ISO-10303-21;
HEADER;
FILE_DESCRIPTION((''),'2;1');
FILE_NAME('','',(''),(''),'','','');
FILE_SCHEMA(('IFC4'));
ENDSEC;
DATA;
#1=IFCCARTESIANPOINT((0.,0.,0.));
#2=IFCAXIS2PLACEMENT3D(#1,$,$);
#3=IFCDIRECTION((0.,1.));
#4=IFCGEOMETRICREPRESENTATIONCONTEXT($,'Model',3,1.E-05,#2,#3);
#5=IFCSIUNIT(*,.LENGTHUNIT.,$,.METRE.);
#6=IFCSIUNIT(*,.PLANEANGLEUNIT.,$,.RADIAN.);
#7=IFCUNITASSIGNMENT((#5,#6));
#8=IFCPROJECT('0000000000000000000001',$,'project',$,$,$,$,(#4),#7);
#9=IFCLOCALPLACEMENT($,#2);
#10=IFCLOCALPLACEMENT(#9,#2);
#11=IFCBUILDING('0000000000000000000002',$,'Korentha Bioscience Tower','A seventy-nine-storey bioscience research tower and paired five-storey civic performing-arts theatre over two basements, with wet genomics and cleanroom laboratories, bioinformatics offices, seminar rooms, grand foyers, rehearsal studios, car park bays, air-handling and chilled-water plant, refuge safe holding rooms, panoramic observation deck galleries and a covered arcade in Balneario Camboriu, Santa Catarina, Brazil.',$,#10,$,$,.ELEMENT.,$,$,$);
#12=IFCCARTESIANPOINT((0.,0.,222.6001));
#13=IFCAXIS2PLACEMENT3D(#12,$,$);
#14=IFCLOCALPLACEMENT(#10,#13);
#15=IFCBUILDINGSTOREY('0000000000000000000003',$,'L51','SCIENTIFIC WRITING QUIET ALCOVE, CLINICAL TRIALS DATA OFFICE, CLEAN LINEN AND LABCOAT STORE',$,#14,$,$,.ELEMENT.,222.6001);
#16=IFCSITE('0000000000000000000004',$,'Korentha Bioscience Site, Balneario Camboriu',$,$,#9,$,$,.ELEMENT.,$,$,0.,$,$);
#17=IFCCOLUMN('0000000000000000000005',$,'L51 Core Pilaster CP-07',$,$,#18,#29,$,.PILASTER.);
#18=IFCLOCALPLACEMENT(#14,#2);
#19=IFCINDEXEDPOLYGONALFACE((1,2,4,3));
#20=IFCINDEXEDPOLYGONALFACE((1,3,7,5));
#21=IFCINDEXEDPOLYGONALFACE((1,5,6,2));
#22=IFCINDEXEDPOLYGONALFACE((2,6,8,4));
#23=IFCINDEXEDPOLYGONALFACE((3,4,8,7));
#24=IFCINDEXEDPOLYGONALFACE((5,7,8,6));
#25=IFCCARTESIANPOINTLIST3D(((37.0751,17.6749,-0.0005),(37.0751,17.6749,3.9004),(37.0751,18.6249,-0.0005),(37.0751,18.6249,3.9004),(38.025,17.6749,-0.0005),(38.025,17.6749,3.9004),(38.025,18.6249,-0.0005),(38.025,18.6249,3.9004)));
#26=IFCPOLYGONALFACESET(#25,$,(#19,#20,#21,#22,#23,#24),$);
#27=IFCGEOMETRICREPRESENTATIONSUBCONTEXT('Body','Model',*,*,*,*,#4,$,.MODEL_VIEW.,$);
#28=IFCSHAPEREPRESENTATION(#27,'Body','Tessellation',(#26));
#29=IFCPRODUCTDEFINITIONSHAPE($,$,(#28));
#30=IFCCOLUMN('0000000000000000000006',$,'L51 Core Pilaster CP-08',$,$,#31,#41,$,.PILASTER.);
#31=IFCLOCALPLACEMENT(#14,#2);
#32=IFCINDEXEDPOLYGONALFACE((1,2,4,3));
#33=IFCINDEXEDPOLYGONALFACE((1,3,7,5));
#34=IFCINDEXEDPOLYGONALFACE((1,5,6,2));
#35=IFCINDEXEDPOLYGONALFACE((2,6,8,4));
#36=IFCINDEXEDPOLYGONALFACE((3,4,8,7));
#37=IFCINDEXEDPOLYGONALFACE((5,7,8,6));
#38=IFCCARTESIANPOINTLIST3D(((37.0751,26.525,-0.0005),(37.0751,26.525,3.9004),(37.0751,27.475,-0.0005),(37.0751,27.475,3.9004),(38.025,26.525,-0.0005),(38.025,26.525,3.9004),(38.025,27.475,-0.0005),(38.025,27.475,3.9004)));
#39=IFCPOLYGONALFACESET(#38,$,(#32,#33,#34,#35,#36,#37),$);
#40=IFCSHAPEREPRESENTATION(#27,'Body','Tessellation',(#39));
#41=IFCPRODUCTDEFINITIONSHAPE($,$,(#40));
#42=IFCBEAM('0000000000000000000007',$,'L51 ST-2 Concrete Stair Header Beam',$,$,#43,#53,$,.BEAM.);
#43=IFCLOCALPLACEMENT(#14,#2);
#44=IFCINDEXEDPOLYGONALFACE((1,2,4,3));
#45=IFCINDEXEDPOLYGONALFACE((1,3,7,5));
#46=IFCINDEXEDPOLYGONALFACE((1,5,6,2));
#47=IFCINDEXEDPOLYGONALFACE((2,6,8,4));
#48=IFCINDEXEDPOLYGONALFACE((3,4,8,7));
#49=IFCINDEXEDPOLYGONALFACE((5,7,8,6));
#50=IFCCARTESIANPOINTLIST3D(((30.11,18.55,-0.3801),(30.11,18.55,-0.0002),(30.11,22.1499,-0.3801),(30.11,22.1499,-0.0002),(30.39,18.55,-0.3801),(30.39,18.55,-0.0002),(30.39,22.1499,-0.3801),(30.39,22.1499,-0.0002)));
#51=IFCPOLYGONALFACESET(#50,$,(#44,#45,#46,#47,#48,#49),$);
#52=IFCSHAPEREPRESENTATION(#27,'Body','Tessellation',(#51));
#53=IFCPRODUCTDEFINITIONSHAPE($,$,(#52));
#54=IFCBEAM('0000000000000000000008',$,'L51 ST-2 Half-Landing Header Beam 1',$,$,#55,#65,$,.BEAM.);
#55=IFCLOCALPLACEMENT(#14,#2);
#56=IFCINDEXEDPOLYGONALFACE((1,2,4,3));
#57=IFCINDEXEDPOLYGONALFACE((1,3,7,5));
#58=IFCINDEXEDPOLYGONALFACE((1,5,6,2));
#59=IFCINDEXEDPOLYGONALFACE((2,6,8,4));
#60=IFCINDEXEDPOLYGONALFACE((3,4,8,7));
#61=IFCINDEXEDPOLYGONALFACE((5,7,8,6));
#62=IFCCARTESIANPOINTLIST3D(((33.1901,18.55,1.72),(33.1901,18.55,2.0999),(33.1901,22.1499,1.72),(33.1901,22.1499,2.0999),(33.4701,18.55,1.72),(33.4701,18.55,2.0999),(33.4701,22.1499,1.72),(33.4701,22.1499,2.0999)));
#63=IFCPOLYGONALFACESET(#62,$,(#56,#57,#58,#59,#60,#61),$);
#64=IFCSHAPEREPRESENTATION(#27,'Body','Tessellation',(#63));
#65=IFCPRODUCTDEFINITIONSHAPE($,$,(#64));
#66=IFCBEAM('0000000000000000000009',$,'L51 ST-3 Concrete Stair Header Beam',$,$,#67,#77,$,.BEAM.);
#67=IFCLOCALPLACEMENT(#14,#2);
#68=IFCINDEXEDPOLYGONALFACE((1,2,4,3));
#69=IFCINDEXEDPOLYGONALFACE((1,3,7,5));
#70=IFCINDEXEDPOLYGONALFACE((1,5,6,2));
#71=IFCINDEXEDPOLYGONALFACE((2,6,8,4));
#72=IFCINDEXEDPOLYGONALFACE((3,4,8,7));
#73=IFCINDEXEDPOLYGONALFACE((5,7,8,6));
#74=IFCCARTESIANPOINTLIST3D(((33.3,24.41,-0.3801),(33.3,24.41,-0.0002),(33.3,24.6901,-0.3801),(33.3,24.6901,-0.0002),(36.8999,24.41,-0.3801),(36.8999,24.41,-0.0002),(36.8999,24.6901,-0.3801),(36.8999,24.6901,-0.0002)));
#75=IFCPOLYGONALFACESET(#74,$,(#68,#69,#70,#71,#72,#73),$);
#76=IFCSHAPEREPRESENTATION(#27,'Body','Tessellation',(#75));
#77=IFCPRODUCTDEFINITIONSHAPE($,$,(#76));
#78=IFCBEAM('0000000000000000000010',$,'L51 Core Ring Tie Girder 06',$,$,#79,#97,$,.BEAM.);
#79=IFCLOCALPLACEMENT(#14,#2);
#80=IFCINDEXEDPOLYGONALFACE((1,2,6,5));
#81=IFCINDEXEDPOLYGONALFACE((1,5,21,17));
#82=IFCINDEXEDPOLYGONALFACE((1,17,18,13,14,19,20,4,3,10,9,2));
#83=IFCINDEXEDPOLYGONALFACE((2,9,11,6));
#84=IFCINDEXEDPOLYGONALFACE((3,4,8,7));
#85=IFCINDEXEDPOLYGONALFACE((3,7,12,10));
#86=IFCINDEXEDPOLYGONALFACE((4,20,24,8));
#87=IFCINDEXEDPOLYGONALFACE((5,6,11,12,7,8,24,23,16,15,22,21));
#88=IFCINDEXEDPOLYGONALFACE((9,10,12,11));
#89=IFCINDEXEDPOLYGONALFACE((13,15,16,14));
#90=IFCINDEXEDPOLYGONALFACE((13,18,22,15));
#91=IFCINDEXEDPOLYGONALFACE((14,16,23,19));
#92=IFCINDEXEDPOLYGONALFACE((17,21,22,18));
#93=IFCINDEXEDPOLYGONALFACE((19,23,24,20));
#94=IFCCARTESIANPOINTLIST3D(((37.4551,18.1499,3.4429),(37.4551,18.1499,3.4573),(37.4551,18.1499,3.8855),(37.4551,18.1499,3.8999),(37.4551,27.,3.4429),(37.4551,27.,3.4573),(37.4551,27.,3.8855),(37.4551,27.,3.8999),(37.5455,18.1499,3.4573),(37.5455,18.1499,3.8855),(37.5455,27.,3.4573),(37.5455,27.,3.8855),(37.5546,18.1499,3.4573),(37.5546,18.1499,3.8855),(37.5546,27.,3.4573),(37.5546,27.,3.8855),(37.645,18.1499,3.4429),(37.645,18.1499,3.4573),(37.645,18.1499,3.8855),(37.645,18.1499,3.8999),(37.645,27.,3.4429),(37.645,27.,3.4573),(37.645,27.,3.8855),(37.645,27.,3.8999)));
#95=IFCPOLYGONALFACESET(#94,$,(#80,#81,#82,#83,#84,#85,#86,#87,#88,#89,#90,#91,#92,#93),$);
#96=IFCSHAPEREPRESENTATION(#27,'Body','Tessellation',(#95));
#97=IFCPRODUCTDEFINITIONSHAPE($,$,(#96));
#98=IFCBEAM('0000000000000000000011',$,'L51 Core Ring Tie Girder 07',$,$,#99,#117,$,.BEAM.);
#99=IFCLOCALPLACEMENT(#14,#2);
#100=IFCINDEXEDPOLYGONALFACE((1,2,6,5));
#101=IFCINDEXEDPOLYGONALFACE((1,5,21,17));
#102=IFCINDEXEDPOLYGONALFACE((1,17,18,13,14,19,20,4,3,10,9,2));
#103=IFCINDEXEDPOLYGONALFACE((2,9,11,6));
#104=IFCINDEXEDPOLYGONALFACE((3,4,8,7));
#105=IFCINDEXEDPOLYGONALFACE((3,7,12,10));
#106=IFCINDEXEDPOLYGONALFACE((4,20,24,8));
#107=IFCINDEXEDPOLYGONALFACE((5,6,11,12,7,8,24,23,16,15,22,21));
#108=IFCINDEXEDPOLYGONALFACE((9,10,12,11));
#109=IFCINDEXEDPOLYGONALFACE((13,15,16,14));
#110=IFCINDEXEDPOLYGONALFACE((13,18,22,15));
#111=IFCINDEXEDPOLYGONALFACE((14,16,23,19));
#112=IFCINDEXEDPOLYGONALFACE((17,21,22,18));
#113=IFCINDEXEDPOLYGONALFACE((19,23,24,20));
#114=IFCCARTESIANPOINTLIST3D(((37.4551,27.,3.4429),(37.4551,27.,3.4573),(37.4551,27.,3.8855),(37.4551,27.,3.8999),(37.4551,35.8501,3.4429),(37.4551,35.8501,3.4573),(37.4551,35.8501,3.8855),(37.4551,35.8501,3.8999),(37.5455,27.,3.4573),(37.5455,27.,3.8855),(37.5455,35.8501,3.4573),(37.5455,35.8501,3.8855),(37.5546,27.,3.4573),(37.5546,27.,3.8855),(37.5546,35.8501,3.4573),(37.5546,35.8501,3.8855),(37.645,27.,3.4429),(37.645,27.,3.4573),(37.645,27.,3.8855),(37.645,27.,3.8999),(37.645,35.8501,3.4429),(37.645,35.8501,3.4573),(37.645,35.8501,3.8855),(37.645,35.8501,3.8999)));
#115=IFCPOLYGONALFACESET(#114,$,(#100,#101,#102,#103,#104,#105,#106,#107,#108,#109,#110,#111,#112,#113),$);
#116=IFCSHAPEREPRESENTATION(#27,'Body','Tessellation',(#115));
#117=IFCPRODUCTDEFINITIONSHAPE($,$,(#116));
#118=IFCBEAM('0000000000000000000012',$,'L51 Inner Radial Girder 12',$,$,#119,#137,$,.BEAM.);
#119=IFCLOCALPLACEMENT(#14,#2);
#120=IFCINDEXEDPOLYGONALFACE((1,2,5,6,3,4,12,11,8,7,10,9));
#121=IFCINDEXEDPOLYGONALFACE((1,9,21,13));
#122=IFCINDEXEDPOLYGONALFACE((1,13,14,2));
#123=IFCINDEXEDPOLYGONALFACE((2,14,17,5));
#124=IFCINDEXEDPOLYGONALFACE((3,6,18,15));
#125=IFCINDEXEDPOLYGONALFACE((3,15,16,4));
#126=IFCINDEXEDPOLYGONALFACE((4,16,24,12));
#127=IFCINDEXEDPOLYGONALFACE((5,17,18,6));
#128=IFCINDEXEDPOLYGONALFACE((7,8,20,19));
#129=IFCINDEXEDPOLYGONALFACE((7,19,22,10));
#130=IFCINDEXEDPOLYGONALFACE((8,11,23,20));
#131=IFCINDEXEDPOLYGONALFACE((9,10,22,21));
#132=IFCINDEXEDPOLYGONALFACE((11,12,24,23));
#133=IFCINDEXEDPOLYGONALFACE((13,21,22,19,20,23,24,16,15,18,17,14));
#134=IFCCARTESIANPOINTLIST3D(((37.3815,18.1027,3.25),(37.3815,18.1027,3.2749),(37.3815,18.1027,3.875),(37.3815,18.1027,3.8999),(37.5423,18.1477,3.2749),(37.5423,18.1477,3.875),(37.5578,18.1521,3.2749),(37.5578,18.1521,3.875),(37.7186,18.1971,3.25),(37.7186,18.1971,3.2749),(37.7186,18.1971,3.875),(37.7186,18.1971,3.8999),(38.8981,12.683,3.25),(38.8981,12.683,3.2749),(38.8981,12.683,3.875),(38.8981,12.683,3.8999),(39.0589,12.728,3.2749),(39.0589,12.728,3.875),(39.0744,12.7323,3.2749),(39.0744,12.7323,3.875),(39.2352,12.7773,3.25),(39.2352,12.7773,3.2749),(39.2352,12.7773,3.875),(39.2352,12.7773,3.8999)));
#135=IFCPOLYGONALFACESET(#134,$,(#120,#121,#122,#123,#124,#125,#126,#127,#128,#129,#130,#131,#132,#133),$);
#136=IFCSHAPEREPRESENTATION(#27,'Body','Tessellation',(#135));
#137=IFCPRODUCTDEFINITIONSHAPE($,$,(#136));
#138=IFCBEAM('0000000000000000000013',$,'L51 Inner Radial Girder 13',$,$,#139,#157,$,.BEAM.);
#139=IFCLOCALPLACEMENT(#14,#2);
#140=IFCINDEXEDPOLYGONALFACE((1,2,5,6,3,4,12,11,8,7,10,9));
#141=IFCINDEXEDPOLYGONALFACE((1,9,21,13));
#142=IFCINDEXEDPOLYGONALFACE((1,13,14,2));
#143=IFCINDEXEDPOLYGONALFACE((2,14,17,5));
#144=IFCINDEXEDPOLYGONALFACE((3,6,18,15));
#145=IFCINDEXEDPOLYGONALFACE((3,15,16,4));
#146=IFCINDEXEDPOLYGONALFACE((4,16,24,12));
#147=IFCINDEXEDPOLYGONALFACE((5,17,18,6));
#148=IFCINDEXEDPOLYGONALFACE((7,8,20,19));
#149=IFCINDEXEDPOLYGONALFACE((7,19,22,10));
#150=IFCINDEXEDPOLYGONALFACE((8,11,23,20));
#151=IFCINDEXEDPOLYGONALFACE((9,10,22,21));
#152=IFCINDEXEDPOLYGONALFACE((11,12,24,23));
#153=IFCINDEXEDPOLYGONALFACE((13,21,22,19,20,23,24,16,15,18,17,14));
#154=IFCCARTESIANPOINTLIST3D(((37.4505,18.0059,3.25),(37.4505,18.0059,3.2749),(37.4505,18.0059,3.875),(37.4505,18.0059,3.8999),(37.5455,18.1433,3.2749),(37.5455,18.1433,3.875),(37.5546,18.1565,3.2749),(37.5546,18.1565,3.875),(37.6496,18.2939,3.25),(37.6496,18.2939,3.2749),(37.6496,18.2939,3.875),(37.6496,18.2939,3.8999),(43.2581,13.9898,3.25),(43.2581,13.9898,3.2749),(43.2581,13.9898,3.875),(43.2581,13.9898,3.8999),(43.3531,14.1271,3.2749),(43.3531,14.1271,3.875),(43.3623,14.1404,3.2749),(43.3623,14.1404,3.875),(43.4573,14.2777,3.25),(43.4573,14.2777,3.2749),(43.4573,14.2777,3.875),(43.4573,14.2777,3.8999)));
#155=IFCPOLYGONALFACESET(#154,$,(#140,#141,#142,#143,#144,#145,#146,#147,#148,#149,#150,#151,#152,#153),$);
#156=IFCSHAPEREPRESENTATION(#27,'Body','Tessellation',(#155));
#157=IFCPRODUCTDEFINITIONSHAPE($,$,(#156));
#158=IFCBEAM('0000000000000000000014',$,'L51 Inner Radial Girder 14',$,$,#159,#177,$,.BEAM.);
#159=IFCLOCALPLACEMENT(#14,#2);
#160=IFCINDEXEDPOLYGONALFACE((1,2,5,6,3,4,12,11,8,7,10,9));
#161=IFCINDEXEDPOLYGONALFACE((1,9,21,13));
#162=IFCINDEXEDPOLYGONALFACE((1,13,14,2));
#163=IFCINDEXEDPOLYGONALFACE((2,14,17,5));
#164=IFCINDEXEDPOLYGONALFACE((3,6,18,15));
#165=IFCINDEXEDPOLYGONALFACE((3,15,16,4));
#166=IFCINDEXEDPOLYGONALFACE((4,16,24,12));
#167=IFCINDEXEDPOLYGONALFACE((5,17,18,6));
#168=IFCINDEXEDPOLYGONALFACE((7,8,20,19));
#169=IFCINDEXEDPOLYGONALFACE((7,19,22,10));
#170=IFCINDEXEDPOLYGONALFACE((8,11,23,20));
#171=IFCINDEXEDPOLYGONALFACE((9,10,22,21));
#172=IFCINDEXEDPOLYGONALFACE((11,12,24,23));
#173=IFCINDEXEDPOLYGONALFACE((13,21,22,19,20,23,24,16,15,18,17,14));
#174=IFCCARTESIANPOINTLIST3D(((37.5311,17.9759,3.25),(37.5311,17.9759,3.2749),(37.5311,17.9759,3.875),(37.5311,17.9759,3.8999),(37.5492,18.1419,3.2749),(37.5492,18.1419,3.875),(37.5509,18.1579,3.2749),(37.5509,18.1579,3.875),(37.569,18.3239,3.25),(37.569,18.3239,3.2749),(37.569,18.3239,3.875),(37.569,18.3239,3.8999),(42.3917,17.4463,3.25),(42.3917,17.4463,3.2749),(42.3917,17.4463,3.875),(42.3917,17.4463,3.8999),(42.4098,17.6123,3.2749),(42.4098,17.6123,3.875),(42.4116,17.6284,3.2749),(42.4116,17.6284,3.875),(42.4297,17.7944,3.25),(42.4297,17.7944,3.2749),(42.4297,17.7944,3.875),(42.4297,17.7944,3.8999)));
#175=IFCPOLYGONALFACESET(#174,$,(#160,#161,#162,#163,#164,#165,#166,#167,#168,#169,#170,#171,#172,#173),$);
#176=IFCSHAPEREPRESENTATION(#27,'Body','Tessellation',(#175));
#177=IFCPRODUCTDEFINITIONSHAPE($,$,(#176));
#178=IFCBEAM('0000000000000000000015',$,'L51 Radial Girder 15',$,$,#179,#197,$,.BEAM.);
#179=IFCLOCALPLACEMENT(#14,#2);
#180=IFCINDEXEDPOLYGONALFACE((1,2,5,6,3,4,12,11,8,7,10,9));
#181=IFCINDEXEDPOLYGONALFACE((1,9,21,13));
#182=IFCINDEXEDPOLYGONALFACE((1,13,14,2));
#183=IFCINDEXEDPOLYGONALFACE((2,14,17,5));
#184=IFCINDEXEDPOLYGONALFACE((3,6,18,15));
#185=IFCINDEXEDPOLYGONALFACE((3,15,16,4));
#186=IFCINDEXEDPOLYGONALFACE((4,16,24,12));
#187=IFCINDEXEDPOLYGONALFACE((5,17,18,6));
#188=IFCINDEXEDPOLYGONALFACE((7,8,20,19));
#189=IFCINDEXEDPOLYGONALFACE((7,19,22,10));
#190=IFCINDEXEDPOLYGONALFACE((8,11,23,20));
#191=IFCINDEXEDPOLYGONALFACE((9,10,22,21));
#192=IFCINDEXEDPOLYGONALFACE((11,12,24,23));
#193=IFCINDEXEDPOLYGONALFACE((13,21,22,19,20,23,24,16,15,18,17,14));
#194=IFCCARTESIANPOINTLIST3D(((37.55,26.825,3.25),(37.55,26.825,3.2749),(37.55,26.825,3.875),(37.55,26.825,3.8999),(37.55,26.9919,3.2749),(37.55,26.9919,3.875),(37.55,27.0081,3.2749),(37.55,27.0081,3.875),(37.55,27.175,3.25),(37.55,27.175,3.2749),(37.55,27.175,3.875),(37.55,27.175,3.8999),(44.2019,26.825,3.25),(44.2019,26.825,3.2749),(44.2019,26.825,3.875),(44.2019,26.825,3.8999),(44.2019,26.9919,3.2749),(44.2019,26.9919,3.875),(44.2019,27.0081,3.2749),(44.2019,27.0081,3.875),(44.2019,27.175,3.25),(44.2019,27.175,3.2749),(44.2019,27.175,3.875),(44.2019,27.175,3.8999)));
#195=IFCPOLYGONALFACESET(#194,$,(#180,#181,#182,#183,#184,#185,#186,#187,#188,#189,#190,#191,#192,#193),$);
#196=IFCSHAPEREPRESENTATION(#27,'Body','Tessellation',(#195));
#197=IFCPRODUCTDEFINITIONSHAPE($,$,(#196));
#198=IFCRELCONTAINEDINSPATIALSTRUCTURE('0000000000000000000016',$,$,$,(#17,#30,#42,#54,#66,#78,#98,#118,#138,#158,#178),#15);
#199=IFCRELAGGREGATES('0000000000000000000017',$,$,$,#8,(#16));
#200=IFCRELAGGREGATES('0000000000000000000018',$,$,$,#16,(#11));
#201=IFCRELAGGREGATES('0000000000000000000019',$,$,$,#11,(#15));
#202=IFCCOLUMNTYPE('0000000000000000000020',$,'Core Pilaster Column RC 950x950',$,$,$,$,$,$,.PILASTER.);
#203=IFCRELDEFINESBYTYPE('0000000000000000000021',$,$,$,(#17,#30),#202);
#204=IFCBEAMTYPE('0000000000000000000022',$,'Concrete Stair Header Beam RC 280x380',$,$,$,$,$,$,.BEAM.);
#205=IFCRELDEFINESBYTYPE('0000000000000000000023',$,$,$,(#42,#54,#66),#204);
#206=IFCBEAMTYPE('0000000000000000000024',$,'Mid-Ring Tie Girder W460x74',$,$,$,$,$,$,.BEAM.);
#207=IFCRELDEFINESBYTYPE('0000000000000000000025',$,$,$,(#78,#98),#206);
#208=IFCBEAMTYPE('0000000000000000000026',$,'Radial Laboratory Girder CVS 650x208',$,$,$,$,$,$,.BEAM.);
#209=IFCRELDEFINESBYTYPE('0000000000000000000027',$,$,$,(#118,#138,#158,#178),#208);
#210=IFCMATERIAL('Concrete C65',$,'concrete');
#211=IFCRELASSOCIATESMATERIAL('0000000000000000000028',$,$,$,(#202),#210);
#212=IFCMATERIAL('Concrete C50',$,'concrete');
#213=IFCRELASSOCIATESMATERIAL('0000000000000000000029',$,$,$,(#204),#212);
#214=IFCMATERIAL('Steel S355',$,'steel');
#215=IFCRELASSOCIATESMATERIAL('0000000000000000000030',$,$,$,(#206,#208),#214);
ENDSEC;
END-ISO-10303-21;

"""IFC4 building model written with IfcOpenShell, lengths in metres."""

from ifc_helpers import new_model, si_unit, direction, frame, origin, origin_2d, place, context, subcontext, project, spatial, rectangle, i_section, extrude, material, material_profile, profile_set, type_object, element, save


model = new_model("IFC4")

# Units and contexts
model_context = context("Model", 3, precision=1e-05, world=origin(), true_north=direction((0.0, 1.0)))
body_context = subcontext(model_context, "Body", "Model", "MODEL_VIEW")
ifc_project = project(units=[si_unit("LENGTHUNIT", "METRE"), si_unit("PLANEANGLEUNIT", "RADIAN")], contexts=[model_context])

# Site, building, storey
site_placement = place(None, origin())
site = spatial("IfcSite", under=ifc_project, at=site_placement, Name="Korentha Bioscience Site, Balneario Camboriu", CompositionType="ELEMENT", RefElevation=0.0)
building_placement = place(site_placement, origin())
building = spatial("IfcBuilding", under=site, at=building_placement, Name="Korentha Bioscience Tower", Description="A seventy-nine-storey bioscience research tower and paired five-storey civic performing-arts theatre over two basements, with wet genomics and cleanroom laboratories, bioinformatics offices, seminar rooms, grand foyers, rehearsal studios, car park bays, air-handling and chilled-water plant, refuge safe holding rooms, panoramic observation deck galleries and a covered arcade in Balneario Camboriu, Santa Catarina, Brazil.", CompositionType="ELEMENT")
storey_placement = place(building_placement, frame((0.0, 0.0, 222.6001)))
storey = spatial("IfcBuildingStorey", under=building, at=storey_placement, Name="L51", Description="SCIENTIFIC WRITING QUIET ALCOVE, CLINICAL TRIALS DATA OFFICE, CLEAN LINEN AND LABCOAT STORE", CompositionType="ELEMENT", Elevation=222.6001)

# Columns
ifc_material_1 = material(Name="Concrete C65", Category="concrete")
ifc_material_profile_1 = material_profile(ifc_material_1, rectangle(XDim=0.95, YDim=0.95, at=origin_2d()), Name="Concrete C65")
ifc_profile_set_1 = profile_set([ifc_material_profile_1], Name="Concrete C65 (COL-CP09)")
column_type = type_object("IfcColumnType", Name="Core Pilaster Column RC 950x950", PredefinedType="PILASTER", material=ifc_profile_set_1)
for number, where, z_axis, x_axis, name in (
    (1, (37.55, 18.1499, -0.0005), (0.0, 0.0, 1.0), (1.0, 0.0, 0.0), "L51 Core Pilaster CP-07"),
    (2, (37.55, 27.0, -0.0005), (0.0, 0.0, 1.0), (1.0, 0.0, 0.0), "L51 Core Pilaster CP-08"),
):
    element("IfcColumn", number, at=place(storey_placement, frame(where, z_axis=z_axis, x_axis=x_axis)), inside=storey, type_object=column_type, Name=name, PredefinedType="PILASTER", context=body_context, shape_type="SweptSolid", body=[
        extrude(rectangle(XDim=0.95, YDim=0.95, at=origin_2d()), origin(), (0.0, 0.0, 1.0), 3.9009),
    ])

# Beams
ifc_material_2 = material(Name="Concrete C50", Category="concrete")
ifc_material_profile_2 = material_profile(ifc_material_2, rectangle(XDim=0.28, YDim=0.3799, at=origin_2d()), Name="Concrete C50")
ifc_profile_set_2 = profile_set([ifc_material_profile_2], Name="Concrete C50 (ST-HB380)")
beam_type_1 = type_object("IfcBeamType", Name="Concrete Stair Header Beam RC 280x380", PredefinedType="BEAM", material=ifc_profile_set_2)
for number, where, z_axis, x_axis, name in (
    (3, (30.25, 18.55, -0.1902), (0.0, 1.0, 0.0), (-1.0, 0.0, 0.0), "L51 ST-2 Concrete Stair Header Beam"),
    (4, (33.3301, 18.55, 1.9099), (0.0, 1.0, 0.0), (-1.0, 0.0, 0.0), "L51 ST-2 Half-Landing Header Beam 1"),
    (5, (36.8999, 24.55, -0.1902), (-1.0, 0.0, 0.0), (0.0, -1.0, 0.0), "L51 ST-3 Concrete Stair Header Beam"),
):
    element("IfcBeam", number, at=place(storey_placement, frame(where, z_axis=z_axis, x_axis=x_axis)), inside=storey, type_object=beam_type_1, Name=name, PredefinedType="BEAM", context=body_context, shape_type="SweptSolid", body=[
        extrude(rectangle(XDim=0.28, YDim=0.3799, at=origin_2d()), origin(), (0.0, 0.0, 1.0), 3.5999),
    ])
ifc_material_3 = material(Name="Steel S355", Category="steel")
ifc_material_profile_3 = material_profile(ifc_material_3, i_section(OverallWidth=0.1899, OverallDepth=0.457, WebThickness=0.009, FlangeThickness=0.0144, at=origin_2d()), Name="Steel S355")
ifc_profile_set_3 = profile_set([ifc_material_profile_3], Name="Steel S355 (MB-460)")
beam_type_2 = type_object("IfcBeamType", Name="Mid-Ring Tie Girder W460x74", PredefinedType="BEAM", material=ifc_profile_set_3)
for number, where, z_axis, x_axis, name in (
    (6, (37.55, 18.1499, 3.6714), (0.0, 1.0, 0.0), (-1.0, 0.0, 0.0), "L51 Core Ring Tie Girder 06"),
    (7, (37.55, 27.0, 3.6714), (0.0, 1.0, 0.0), (-1.0, 0.0, 0.0), "L51 Core Ring Tie Girder 07"),
):
    element("IfcBeam", number, at=place(storey_placement, frame(where, z_axis=z_axis, x_axis=x_axis)), inside=storey, type_object=beam_type_2, Name=name, PredefinedType="BEAM", context=body_context, shape_type="SweptSolid", body=[
        extrude(i_section(OverallWidth=0.1899, OverallDepth=0.457, WebThickness=0.009, FlangeThickness=0.0144, at=origin_2d()), origin(), (0.0, 0.0, 1.0), 8.8501),
    ])
ifc_material_profile_4 = material_profile(ifc_material_3, i_section(OverallWidth=0.3501, OverallDepth=0.6499, WebThickness=0.0161, FlangeThickness=0.0249, at=origin_2d()), Name="Steel S355")
ifc_profile_set_4 = profile_set([ifc_material_profile_4], Name="Steel S355 (RB-650)")
beam_type_3 = type_object("IfcBeamType", Name="Radial Laboratory Girder CVS 650x208", PredefinedType="BEAM", material=ifc_profile_set_4)
beam_1_placement = place(storey_placement, frame((37.55, 18.1499, 3.575), z_axis=(0.26948, -0.963006, 0.0), x_axis=(0.963006, 0.26948, 0.0)))
element("IfcBeam", 8, at=beam_1_placement, inside=storey, type_object=beam_type_3, Name="L51 Inner Radial Girder 12", PredefinedType="BEAM", context=body_context, shape_type="SweptSolid", body=[
    extrude(i_section(OverallWidth=0.3501, OverallDepth=0.6499, WebThickness=0.0161, FlangeThickness=0.0249, at=origin_2d()), origin(), (0.0, 0.0, 1.0), 5.6279),
])
beam_2_placement = place(storey_placement, frame((37.55, 18.1499, 3.575), z_axis=(0.822493, -0.568775, 0.0), x_axis=(0.568775, 0.822493, 0.0)))
element("IfcBeam", 9, at=beam_2_placement, inside=storey, type_object=beam_type_3, Name="L51 Inner Radial Girder 13", PredefinedType="BEAM", context=body_context, shape_type="SweptSolid", body=[
    extrude(i_section(OverallWidth=0.3501, OverallDepth=0.6499, WebThickness=0.0161, FlangeThickness=0.0249, at=origin_2d()), origin(), (0.0, 0.0, 1.0), 7.061),
])
beam_3_placement = place(storey_placement, frame((37.55, 18.1499, 3.575), z_axis=(0.994118, -0.108305, 0.0), x_axis=(0.108305, 0.994118, 0.0)))
element("IfcBeam", 10, at=beam_3_placement, inside=storey, type_object=beam_type_3, Name="L51 Inner Radial Girder 14", PredefinedType="BEAM", context=body_context, shape_type="SweptSolid", body=[
    extrude(i_section(OverallWidth=0.3501, OverallDepth=0.6499, WebThickness=0.0161, FlangeThickness=0.0249, at=origin_2d()), origin(), (0.0, 0.0, 1.0), 4.8894),
])
beam_4_placement = place(storey_placement, frame((37.55, 27.0, 3.575), z_axis=(1.0, 0.0, 0.0), x_axis=(0.0, 1.0, 0.0)))
element("IfcBeam", 11, at=beam_4_placement, inside=storey, type_object=beam_type_3, Name="L51 Radial Girder 15", PredefinedType="BEAM", context=body_context, shape_type="SweptSolid", body=[
    extrude(i_section(OverallWidth=0.3501, OverallDepth=0.6499, WebThickness=0.0161, FlangeThickness=0.0249, at=origin_2d()), origin(), (0.0, 0.0, 1.0), 6.6519),
])

save(model, "model.ifc")
